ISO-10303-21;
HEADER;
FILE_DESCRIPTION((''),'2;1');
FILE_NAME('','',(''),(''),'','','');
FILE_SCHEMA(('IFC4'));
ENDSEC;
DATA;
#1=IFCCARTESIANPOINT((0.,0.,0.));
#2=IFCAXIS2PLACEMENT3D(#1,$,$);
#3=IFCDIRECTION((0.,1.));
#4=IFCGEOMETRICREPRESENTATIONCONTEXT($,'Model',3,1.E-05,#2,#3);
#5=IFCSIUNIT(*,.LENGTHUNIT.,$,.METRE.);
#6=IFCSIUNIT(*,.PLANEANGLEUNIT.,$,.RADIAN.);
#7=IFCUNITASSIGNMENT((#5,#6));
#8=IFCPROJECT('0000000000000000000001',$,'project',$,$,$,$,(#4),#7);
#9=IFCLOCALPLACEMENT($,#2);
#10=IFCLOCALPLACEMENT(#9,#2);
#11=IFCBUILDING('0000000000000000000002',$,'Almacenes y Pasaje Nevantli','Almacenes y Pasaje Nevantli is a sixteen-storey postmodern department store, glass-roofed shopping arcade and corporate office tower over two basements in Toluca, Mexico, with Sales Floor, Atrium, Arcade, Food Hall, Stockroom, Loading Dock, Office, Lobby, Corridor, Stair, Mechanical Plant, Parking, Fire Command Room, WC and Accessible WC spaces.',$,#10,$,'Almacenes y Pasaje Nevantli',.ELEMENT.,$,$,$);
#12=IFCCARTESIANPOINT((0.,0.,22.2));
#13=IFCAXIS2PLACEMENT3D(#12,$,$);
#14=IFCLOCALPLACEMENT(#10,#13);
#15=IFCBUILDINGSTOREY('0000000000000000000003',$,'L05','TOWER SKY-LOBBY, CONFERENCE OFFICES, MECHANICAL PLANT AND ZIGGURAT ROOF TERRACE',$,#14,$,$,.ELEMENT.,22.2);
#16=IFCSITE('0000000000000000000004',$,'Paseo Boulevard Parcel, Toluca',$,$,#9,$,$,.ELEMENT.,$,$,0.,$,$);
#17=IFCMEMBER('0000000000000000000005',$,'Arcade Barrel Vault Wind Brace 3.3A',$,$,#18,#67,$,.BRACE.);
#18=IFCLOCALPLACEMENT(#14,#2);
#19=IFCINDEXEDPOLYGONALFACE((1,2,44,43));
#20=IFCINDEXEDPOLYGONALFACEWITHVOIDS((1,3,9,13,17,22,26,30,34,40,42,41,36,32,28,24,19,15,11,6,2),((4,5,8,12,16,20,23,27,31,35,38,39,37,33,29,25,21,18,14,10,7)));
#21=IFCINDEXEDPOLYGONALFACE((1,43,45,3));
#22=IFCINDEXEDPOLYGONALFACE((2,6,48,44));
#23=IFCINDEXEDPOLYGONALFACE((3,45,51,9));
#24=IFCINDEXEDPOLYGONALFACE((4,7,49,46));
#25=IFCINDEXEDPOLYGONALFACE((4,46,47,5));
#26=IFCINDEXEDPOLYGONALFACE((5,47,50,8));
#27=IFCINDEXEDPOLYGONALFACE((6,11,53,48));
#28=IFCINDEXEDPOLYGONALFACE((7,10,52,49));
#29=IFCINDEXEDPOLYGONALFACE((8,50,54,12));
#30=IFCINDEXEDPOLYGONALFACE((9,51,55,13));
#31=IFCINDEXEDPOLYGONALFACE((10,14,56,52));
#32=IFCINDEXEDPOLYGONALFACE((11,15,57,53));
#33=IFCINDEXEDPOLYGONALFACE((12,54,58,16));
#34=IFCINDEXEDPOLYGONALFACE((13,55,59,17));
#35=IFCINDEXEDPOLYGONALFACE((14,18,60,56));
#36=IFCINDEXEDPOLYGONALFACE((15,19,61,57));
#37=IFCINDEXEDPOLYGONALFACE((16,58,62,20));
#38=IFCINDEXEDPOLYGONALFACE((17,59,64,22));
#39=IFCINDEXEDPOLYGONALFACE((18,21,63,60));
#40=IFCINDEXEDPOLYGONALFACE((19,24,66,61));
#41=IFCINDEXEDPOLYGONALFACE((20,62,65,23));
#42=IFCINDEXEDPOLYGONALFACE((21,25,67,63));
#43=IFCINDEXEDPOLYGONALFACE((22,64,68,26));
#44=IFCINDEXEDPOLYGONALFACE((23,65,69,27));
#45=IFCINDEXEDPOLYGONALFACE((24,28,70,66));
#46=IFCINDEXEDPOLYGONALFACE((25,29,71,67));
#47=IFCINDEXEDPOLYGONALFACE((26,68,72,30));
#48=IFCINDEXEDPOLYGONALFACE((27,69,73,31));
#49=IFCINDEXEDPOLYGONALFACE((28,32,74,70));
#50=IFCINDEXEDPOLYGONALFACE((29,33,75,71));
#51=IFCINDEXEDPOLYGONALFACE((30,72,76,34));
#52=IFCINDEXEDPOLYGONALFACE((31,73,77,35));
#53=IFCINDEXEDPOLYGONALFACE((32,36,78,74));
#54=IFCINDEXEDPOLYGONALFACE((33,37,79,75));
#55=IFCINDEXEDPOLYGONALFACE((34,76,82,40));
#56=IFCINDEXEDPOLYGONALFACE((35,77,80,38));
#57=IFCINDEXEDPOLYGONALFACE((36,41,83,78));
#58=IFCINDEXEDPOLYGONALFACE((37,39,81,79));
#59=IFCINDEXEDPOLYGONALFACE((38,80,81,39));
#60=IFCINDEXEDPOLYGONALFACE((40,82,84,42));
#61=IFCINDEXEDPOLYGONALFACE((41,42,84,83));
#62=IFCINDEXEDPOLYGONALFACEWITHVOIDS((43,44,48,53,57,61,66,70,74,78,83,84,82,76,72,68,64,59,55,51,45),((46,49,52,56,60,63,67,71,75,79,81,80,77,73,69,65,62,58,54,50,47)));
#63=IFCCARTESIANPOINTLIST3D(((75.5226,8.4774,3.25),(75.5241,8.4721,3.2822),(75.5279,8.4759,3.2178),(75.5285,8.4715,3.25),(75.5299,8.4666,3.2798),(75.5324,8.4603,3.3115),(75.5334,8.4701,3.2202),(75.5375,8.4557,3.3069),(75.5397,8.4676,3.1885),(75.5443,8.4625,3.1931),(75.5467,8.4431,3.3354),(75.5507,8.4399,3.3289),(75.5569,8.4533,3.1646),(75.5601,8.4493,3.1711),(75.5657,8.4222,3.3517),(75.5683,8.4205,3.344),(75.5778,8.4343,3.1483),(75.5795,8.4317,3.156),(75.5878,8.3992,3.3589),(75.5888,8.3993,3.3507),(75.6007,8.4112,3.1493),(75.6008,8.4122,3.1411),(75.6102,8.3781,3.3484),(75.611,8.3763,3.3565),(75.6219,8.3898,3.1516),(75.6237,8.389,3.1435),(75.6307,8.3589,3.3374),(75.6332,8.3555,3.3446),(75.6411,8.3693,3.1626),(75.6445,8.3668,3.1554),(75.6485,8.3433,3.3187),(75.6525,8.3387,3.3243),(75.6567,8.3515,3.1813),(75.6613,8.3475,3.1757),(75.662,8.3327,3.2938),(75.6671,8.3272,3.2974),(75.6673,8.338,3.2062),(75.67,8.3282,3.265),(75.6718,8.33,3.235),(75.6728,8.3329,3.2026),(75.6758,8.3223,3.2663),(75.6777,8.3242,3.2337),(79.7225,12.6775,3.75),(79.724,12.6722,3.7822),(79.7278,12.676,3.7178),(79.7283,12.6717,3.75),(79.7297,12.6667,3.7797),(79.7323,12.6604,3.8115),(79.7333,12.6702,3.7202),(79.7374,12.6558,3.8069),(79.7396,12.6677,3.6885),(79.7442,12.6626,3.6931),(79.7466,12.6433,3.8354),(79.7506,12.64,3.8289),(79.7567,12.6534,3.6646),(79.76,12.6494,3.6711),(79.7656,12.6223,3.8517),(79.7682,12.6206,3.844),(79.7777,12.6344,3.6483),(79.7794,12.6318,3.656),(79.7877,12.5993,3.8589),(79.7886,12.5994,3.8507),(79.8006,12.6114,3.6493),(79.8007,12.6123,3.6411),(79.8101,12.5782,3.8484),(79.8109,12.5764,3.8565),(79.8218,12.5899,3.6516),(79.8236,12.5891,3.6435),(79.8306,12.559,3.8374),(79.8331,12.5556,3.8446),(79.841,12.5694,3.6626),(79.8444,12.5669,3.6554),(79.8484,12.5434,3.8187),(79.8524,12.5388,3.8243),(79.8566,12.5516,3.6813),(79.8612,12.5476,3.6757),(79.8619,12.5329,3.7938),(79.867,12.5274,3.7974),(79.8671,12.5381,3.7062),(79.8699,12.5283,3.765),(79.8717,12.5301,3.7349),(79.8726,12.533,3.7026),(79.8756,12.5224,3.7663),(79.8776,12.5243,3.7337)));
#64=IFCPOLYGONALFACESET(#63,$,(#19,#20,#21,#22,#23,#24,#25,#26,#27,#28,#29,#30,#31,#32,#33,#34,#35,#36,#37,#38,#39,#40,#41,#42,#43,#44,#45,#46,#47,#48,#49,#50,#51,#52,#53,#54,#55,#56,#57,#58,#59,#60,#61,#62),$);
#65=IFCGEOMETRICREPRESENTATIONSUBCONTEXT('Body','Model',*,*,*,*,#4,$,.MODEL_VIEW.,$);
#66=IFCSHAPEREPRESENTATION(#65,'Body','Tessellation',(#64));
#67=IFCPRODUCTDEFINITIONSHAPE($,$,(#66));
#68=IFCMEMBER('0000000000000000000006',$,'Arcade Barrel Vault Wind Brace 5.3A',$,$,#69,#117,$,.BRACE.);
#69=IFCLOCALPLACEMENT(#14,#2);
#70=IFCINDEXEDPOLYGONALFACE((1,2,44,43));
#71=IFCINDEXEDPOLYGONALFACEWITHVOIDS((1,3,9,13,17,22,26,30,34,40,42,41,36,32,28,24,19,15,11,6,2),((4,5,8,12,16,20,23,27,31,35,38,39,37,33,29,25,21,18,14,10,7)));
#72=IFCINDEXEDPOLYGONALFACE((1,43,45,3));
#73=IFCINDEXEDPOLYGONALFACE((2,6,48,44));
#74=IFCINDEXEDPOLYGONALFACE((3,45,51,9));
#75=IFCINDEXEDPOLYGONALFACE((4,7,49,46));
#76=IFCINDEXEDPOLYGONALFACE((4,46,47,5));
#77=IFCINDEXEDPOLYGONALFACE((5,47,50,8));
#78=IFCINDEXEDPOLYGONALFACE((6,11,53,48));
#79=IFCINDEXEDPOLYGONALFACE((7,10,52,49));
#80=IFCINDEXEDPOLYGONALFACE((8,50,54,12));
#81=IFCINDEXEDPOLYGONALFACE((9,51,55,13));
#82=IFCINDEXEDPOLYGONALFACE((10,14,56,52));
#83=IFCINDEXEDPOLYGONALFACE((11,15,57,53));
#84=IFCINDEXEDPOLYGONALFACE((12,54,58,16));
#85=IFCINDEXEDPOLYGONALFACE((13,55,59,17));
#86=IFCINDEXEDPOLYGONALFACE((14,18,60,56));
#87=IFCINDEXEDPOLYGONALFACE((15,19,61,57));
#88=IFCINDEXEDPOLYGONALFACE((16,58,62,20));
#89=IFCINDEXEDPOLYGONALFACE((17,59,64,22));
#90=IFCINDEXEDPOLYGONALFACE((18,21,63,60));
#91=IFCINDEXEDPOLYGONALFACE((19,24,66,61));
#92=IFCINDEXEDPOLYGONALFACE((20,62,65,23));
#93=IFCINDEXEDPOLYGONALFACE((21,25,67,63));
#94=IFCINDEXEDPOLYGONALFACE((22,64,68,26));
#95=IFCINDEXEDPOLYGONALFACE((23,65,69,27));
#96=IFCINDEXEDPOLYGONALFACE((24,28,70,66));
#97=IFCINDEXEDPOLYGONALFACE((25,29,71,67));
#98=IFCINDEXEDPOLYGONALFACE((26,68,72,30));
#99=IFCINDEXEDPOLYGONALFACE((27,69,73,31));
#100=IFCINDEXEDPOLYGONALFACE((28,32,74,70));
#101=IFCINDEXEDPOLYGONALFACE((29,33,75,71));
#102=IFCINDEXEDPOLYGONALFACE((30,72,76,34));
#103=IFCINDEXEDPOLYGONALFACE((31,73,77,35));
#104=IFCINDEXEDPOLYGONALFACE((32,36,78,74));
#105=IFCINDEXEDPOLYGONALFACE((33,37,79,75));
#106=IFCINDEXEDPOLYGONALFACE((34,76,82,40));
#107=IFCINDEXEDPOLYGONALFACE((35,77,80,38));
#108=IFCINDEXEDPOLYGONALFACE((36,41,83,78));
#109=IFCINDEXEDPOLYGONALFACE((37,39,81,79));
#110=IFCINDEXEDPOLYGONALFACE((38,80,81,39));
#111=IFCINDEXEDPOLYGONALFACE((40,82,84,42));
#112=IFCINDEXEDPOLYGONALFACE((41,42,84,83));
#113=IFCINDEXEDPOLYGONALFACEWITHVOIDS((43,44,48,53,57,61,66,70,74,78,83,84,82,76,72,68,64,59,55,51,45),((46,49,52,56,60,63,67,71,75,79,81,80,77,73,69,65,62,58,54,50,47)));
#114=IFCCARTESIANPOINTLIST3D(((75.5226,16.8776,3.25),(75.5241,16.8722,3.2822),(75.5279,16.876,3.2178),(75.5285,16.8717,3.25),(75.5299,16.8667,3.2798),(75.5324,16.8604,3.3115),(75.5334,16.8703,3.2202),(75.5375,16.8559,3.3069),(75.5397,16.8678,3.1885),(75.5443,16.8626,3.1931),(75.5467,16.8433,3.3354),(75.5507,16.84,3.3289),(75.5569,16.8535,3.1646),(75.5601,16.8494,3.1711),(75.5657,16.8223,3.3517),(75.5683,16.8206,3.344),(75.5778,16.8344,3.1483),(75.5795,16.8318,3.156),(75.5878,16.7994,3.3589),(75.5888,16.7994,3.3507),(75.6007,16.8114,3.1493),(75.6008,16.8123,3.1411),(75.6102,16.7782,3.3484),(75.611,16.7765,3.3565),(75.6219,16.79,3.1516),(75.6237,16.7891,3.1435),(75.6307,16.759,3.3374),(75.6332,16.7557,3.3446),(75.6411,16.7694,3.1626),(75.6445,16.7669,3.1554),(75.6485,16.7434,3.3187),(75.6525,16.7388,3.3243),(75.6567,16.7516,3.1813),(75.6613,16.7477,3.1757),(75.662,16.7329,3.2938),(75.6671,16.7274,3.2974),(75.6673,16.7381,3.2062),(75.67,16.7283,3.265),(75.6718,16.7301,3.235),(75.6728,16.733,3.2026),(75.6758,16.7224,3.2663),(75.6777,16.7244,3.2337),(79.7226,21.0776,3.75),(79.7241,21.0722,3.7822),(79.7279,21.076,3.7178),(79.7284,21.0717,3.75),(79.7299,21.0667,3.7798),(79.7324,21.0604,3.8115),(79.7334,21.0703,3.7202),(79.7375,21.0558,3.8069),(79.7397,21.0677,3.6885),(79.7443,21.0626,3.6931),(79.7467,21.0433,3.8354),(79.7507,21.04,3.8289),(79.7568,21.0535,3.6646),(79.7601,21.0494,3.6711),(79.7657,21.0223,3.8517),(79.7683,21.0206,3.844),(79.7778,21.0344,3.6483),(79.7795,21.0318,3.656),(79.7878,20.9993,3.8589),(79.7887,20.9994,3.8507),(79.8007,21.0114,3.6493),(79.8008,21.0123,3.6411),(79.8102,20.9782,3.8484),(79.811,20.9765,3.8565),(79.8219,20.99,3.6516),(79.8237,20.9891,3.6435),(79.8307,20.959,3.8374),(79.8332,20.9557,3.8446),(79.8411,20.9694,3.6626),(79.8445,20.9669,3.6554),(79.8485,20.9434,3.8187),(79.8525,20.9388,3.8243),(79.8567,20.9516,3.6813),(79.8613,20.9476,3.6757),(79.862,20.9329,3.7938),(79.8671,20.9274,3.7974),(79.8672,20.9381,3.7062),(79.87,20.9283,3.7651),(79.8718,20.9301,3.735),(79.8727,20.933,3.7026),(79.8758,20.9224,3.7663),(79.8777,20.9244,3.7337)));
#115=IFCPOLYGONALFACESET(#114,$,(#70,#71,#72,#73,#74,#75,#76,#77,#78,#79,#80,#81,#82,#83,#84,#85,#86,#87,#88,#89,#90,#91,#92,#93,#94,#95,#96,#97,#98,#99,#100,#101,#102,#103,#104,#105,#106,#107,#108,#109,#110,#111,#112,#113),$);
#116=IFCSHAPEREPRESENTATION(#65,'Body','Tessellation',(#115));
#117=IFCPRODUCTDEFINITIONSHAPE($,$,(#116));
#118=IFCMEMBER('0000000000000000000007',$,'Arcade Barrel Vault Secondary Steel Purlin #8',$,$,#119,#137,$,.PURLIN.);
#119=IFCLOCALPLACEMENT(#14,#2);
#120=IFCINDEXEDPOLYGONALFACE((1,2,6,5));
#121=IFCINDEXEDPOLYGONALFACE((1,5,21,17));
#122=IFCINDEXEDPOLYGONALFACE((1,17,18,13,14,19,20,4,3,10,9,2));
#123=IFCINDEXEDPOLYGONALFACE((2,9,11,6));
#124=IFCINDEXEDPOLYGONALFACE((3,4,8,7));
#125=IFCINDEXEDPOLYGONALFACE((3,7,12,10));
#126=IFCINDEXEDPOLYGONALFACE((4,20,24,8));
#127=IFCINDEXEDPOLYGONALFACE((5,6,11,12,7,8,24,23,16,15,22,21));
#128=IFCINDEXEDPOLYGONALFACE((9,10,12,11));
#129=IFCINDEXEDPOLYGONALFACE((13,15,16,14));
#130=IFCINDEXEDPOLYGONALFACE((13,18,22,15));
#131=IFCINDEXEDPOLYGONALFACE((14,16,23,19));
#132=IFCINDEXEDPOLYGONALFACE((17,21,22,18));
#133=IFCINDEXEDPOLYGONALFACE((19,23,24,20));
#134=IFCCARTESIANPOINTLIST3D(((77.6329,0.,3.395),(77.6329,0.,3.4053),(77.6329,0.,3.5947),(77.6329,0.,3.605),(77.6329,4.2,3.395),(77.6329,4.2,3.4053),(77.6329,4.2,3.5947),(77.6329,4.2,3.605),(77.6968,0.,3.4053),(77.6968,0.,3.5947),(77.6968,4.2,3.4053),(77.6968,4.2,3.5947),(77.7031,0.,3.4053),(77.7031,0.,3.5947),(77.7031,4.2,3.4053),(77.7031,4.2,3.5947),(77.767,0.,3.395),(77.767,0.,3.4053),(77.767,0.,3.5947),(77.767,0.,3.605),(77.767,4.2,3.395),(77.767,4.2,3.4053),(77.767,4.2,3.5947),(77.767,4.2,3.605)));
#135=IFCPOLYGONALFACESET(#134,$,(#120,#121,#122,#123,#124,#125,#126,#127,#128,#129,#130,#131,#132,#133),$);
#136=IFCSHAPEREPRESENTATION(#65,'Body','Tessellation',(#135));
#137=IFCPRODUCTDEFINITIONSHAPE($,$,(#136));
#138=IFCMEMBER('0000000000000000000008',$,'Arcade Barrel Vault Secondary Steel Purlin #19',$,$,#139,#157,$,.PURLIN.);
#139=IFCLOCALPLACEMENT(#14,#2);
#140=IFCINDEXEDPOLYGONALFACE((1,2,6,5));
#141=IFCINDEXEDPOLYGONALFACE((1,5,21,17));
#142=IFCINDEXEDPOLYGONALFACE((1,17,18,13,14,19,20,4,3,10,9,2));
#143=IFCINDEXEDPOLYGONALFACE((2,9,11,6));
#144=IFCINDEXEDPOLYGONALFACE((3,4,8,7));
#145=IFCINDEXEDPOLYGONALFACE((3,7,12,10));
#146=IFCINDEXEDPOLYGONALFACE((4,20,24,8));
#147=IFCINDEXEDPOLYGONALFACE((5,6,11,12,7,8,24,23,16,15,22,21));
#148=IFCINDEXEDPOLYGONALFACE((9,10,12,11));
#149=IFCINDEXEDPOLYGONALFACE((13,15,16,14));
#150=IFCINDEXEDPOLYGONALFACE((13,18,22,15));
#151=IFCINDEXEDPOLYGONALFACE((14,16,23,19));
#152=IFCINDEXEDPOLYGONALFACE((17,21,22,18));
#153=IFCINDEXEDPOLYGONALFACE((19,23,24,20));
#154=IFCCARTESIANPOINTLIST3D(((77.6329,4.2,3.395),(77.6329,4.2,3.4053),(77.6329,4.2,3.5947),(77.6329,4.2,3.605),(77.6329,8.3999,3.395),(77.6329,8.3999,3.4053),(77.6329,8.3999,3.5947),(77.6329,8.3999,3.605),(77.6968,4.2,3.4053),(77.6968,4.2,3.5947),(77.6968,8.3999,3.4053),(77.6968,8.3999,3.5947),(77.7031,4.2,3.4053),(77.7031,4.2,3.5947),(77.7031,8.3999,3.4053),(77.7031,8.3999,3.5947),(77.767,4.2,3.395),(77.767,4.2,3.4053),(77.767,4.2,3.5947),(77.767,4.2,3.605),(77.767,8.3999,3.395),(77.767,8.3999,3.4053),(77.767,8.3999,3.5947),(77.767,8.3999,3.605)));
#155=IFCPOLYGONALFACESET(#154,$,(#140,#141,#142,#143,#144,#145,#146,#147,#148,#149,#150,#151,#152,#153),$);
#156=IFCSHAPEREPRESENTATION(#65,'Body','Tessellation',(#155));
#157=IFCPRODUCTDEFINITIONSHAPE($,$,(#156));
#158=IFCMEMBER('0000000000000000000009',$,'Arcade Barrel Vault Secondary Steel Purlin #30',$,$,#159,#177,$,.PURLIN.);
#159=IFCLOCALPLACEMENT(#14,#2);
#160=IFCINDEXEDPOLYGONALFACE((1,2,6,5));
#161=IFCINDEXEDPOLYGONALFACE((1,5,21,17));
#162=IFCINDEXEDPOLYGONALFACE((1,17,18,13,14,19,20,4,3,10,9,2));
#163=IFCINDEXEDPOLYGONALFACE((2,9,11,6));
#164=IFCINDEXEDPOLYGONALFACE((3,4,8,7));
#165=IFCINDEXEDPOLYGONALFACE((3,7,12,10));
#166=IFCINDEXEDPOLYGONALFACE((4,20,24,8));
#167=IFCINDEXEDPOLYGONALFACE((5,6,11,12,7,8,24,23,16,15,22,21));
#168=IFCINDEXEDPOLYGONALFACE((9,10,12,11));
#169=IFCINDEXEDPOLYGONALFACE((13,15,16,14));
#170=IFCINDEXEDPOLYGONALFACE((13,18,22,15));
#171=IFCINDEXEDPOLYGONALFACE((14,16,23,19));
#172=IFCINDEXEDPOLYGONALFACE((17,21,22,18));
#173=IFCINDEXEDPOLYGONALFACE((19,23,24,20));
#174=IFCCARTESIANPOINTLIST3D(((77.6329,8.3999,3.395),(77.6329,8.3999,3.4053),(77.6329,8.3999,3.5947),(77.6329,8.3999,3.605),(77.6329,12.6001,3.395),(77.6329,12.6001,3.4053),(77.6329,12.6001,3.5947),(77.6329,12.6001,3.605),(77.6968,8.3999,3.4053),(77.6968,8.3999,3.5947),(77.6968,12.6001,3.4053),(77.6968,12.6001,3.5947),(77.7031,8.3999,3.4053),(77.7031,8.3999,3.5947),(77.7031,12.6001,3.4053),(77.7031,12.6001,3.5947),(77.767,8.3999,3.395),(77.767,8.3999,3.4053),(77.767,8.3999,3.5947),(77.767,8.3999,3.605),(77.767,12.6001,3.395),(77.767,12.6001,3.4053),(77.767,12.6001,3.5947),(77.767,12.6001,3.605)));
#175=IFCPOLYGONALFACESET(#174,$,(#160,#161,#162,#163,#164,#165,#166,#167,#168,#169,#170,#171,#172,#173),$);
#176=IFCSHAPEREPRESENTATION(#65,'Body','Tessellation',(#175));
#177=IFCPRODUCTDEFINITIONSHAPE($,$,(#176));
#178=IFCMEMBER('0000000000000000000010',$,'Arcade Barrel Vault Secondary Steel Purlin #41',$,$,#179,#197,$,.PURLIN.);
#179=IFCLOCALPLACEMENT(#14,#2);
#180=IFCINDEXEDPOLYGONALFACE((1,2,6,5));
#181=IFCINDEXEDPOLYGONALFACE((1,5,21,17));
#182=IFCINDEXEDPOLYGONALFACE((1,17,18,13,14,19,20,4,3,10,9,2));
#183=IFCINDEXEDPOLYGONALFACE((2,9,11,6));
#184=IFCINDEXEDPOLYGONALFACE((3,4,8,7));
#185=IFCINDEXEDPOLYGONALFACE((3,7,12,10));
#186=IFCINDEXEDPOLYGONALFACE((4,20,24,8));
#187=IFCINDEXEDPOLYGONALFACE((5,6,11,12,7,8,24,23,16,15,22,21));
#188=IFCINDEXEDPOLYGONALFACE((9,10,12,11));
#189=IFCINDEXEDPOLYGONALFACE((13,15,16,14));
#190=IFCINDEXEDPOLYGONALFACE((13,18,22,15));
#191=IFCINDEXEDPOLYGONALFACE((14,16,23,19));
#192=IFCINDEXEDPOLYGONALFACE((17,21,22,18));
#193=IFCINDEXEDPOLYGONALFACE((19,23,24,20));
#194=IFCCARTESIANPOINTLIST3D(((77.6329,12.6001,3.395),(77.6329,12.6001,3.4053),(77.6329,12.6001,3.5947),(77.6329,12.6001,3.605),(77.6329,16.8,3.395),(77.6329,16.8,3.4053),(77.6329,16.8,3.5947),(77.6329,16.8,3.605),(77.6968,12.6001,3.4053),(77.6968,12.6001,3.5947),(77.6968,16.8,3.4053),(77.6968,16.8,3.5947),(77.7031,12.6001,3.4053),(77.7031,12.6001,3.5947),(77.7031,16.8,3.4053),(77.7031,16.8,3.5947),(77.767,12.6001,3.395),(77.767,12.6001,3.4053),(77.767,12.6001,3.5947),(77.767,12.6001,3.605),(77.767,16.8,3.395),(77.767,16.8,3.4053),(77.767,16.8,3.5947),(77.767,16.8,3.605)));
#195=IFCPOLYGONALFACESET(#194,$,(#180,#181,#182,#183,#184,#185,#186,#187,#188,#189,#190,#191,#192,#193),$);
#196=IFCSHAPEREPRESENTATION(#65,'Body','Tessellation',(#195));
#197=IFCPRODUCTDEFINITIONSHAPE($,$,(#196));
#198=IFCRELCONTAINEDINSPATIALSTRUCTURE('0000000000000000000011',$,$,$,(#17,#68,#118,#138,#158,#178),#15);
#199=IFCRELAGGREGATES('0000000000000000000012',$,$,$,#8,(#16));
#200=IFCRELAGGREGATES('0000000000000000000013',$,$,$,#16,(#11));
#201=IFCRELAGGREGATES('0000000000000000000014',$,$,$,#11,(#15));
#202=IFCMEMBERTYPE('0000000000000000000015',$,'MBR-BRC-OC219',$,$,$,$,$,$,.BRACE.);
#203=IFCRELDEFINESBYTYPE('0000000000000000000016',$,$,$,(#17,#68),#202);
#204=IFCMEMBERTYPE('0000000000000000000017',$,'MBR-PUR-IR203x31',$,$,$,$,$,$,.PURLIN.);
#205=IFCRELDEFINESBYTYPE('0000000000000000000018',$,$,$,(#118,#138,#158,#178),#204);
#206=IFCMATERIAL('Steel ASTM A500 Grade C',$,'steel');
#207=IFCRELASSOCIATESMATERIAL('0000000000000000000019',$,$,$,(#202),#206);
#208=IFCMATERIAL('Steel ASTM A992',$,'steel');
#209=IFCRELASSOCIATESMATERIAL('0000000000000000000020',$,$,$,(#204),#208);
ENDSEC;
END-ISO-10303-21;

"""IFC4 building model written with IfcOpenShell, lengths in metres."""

from ifc_helpers import new_model, si_unit, direction, frame, origin, origin_2d, place, context, subcontext, project, spatial, hollow_circle, i_section, extrude, material, material_profile, profile_set, type_object, element, save


model = new_model("IFC4")

# Units and contexts
model_context = context("Model", 3, precision=1e-05, world=origin(), true_north=direction((0.0, 1.0)))
body_context = subcontext(model_context, "Body", "Model", "MODEL_VIEW")
ifc_project = project(units=[si_unit("LENGTHUNIT", "METRE"), si_unit("PLANEANGLEUNIT", "RADIAN")], contexts=[model_context])

# Site, building, storey
site_placement = place(None, origin())
site = spatial("IfcSite", under=ifc_project, at=site_placement, Name="Paseo Boulevard Parcel, Toluca", CompositionType="ELEMENT", RefElevation=0.0)
building_placement = place(site_placement, origin())
building = spatial("IfcBuilding", under=site, at=building_placement, Name="Almacenes y Pasaje Nevantli", Description="Almacenes y Pasaje Nevantli is a sixteen-storey postmodern department store, glass-roofed shopping arcade and corporate office tower over two basements in Toluca, Mexico, with Sales Floor, Atrium, Arcade, Food Hall, Stockroom, Loading Dock, Office, Lobby, Corridor, Stair, Mechanical Plant, Parking, Fire Command Room, WC and Accessible WC spaces.", LongName="Almacenes y Pasaje Nevantli", CompositionType="ELEMENT")
storey_placement = place(building_placement, frame((0.0, 0.0, 22.2)))
storey = spatial("IfcBuildingStorey", under=building, at=storey_placement, Name="L05", Description="TOWER SKY-LOBBY, CONFERENCE OFFICES, MECHANICAL PLANT AND ZIGGURAT ROOF TERRACE", CompositionType="ELEMENT", Elevation=22.2)

# Members
ifc_material_1 = material(Name="Steel ASTM A500 Grade C", Category="steel")
ifc_material_profile_1 = material_profile(ifc_material_1, hollow_circle(Radius=0.1096, WallThickness=0.0083, at=origin_2d()), Name="OC 219x8.2")
ifc_profile_set_1 = profile_set([ifc_material_profile_1], Name="Steel ASTM A500 Grade C")
member_type_1 = type_object("IfcMemberType", Name="MBR-BRC-OC219", PredefinedType="BRACE", material=ifc_profile_set_1)
for number, where, z_axis, x_axis, name in (
    (1, (75.6001, 8.3999, 3.25), (0.704594, 0.704635, 0.083881), (-0.707127, 0.707086, 0.0), "Arcade Barrel Vault Wind Brace 3.3A"),
    (2, (75.6001, 16.8, 3.25), (0.704615, 0.704615, 0.083884), (-0.707107, 0.707107, 0.0), "Arcade Barrel Vault Wind Brace 5.3A"),
):
    element("IfcMember", number, at=place(storey_placement, frame(where, z_axis=z_axis, x_axis=x_axis)), inside=storey, type_object=member_type_1, Name=name, PredefinedType="BRACE", context=body_context, shape_type="SweptSolid", body=[
        extrude(hollow_circle(Radius=0.1096, WallThickness=0.0083, at=origin_2d()), origin(), (0.0, 0.0, 1.0), 5.9607),
    ])
ifc_material_2 = material(Name="Steel ASTM A992", Category="steel")
ifc_material_profile_2 = material_profile(ifc_material_2, i_section(OverallWidth=0.134, OverallDepth=0.21, WebThickness=0.0063, FlangeThickness=0.0103, at=origin_2d()), Name="IR 203x31.3")
ifc_profile_set_2 = profile_set([ifc_material_profile_2], Name="Steel ASTM A992")
member_type_2 = type_object("IfcMemberType", Name="MBR-PUR-IR203x31", PredefinedType="PURLIN", material=ifc_profile_set_2)
for number, where, z_axis, x_axis, name in (
    (3, (77.7, 0.0, 3.5), (0.0, 1.0, 0.0), (-1.0, 0.0, 0.0), "Arcade Barrel Vault Secondary Steel Purlin #8"),
    (4, (77.7, 4.2, 3.5), (0.0, 1.0, 0.0), (-1.0, 0.0, 0.0), "Arcade Barrel Vault Secondary Steel Purlin #19"),
):
    element("IfcMember", number, at=place(storey_placement, frame(where, z_axis=z_axis, x_axis=x_axis)), inside=storey, type_object=member_type_2, Name=name, PredefinedType="PURLIN", context=body_context, shape_type="SweptSolid", body=[
        extrude(i_section(OverallWidth=0.134, OverallDepth=0.21, WebThickness=0.0063, FlangeThickness=0.0103, at=origin_2d()), origin(), (0.0, 0.0, 1.0), 4.2),
    ])
member_1_placement = place(storey_placement, frame((77.7, 8.3999, 3.5), z_axis=(0.0, 1.0, 0.0), x_axis=(-1.0, 0.0, 0.0)))
element("IfcMember", 5, at=member_1_placement, inside=storey, type_object=member_type_2, Name="Arcade Barrel Vault Secondary Steel Purlin #30", PredefinedType="PURLIN", context=body_context, shape_type="SweptSolid", body=[
    extrude(i_section(OverallWidth=0.134, OverallDepth=0.21, WebThickness=0.0063, FlangeThickness=0.0103, at=origin_2d()), origin(), (0.0, 0.0, 1.0), 4.2002),
])
for number, where, z_axis, x_axis, name in (
    (6, (77.7, 12.6001, 3.5), (0.0, 1.0, 0.0), (-1.0, 0.0, 0.0), "Arcade Barrel Vault Secondary Steel Purlin #41"),
):
    element("IfcMember", number, at=place(storey_placement, frame(where, z_axis=z_axis, x_axis=x_axis)), inside=storey, type_object=member_type_2, Name=name, PredefinedType="PURLIN", context=body_context, shape_type="SweptSolid", body=[
        extrude(i_section(OverallWidth=0.134, OverallDepth=0.21, WebThickness=0.0063, FlangeThickness=0.0103, at=origin_2d()), origin(), (0.0, 0.0, 1.0), 4.2),
    ])

save(model, "model.ifc")
